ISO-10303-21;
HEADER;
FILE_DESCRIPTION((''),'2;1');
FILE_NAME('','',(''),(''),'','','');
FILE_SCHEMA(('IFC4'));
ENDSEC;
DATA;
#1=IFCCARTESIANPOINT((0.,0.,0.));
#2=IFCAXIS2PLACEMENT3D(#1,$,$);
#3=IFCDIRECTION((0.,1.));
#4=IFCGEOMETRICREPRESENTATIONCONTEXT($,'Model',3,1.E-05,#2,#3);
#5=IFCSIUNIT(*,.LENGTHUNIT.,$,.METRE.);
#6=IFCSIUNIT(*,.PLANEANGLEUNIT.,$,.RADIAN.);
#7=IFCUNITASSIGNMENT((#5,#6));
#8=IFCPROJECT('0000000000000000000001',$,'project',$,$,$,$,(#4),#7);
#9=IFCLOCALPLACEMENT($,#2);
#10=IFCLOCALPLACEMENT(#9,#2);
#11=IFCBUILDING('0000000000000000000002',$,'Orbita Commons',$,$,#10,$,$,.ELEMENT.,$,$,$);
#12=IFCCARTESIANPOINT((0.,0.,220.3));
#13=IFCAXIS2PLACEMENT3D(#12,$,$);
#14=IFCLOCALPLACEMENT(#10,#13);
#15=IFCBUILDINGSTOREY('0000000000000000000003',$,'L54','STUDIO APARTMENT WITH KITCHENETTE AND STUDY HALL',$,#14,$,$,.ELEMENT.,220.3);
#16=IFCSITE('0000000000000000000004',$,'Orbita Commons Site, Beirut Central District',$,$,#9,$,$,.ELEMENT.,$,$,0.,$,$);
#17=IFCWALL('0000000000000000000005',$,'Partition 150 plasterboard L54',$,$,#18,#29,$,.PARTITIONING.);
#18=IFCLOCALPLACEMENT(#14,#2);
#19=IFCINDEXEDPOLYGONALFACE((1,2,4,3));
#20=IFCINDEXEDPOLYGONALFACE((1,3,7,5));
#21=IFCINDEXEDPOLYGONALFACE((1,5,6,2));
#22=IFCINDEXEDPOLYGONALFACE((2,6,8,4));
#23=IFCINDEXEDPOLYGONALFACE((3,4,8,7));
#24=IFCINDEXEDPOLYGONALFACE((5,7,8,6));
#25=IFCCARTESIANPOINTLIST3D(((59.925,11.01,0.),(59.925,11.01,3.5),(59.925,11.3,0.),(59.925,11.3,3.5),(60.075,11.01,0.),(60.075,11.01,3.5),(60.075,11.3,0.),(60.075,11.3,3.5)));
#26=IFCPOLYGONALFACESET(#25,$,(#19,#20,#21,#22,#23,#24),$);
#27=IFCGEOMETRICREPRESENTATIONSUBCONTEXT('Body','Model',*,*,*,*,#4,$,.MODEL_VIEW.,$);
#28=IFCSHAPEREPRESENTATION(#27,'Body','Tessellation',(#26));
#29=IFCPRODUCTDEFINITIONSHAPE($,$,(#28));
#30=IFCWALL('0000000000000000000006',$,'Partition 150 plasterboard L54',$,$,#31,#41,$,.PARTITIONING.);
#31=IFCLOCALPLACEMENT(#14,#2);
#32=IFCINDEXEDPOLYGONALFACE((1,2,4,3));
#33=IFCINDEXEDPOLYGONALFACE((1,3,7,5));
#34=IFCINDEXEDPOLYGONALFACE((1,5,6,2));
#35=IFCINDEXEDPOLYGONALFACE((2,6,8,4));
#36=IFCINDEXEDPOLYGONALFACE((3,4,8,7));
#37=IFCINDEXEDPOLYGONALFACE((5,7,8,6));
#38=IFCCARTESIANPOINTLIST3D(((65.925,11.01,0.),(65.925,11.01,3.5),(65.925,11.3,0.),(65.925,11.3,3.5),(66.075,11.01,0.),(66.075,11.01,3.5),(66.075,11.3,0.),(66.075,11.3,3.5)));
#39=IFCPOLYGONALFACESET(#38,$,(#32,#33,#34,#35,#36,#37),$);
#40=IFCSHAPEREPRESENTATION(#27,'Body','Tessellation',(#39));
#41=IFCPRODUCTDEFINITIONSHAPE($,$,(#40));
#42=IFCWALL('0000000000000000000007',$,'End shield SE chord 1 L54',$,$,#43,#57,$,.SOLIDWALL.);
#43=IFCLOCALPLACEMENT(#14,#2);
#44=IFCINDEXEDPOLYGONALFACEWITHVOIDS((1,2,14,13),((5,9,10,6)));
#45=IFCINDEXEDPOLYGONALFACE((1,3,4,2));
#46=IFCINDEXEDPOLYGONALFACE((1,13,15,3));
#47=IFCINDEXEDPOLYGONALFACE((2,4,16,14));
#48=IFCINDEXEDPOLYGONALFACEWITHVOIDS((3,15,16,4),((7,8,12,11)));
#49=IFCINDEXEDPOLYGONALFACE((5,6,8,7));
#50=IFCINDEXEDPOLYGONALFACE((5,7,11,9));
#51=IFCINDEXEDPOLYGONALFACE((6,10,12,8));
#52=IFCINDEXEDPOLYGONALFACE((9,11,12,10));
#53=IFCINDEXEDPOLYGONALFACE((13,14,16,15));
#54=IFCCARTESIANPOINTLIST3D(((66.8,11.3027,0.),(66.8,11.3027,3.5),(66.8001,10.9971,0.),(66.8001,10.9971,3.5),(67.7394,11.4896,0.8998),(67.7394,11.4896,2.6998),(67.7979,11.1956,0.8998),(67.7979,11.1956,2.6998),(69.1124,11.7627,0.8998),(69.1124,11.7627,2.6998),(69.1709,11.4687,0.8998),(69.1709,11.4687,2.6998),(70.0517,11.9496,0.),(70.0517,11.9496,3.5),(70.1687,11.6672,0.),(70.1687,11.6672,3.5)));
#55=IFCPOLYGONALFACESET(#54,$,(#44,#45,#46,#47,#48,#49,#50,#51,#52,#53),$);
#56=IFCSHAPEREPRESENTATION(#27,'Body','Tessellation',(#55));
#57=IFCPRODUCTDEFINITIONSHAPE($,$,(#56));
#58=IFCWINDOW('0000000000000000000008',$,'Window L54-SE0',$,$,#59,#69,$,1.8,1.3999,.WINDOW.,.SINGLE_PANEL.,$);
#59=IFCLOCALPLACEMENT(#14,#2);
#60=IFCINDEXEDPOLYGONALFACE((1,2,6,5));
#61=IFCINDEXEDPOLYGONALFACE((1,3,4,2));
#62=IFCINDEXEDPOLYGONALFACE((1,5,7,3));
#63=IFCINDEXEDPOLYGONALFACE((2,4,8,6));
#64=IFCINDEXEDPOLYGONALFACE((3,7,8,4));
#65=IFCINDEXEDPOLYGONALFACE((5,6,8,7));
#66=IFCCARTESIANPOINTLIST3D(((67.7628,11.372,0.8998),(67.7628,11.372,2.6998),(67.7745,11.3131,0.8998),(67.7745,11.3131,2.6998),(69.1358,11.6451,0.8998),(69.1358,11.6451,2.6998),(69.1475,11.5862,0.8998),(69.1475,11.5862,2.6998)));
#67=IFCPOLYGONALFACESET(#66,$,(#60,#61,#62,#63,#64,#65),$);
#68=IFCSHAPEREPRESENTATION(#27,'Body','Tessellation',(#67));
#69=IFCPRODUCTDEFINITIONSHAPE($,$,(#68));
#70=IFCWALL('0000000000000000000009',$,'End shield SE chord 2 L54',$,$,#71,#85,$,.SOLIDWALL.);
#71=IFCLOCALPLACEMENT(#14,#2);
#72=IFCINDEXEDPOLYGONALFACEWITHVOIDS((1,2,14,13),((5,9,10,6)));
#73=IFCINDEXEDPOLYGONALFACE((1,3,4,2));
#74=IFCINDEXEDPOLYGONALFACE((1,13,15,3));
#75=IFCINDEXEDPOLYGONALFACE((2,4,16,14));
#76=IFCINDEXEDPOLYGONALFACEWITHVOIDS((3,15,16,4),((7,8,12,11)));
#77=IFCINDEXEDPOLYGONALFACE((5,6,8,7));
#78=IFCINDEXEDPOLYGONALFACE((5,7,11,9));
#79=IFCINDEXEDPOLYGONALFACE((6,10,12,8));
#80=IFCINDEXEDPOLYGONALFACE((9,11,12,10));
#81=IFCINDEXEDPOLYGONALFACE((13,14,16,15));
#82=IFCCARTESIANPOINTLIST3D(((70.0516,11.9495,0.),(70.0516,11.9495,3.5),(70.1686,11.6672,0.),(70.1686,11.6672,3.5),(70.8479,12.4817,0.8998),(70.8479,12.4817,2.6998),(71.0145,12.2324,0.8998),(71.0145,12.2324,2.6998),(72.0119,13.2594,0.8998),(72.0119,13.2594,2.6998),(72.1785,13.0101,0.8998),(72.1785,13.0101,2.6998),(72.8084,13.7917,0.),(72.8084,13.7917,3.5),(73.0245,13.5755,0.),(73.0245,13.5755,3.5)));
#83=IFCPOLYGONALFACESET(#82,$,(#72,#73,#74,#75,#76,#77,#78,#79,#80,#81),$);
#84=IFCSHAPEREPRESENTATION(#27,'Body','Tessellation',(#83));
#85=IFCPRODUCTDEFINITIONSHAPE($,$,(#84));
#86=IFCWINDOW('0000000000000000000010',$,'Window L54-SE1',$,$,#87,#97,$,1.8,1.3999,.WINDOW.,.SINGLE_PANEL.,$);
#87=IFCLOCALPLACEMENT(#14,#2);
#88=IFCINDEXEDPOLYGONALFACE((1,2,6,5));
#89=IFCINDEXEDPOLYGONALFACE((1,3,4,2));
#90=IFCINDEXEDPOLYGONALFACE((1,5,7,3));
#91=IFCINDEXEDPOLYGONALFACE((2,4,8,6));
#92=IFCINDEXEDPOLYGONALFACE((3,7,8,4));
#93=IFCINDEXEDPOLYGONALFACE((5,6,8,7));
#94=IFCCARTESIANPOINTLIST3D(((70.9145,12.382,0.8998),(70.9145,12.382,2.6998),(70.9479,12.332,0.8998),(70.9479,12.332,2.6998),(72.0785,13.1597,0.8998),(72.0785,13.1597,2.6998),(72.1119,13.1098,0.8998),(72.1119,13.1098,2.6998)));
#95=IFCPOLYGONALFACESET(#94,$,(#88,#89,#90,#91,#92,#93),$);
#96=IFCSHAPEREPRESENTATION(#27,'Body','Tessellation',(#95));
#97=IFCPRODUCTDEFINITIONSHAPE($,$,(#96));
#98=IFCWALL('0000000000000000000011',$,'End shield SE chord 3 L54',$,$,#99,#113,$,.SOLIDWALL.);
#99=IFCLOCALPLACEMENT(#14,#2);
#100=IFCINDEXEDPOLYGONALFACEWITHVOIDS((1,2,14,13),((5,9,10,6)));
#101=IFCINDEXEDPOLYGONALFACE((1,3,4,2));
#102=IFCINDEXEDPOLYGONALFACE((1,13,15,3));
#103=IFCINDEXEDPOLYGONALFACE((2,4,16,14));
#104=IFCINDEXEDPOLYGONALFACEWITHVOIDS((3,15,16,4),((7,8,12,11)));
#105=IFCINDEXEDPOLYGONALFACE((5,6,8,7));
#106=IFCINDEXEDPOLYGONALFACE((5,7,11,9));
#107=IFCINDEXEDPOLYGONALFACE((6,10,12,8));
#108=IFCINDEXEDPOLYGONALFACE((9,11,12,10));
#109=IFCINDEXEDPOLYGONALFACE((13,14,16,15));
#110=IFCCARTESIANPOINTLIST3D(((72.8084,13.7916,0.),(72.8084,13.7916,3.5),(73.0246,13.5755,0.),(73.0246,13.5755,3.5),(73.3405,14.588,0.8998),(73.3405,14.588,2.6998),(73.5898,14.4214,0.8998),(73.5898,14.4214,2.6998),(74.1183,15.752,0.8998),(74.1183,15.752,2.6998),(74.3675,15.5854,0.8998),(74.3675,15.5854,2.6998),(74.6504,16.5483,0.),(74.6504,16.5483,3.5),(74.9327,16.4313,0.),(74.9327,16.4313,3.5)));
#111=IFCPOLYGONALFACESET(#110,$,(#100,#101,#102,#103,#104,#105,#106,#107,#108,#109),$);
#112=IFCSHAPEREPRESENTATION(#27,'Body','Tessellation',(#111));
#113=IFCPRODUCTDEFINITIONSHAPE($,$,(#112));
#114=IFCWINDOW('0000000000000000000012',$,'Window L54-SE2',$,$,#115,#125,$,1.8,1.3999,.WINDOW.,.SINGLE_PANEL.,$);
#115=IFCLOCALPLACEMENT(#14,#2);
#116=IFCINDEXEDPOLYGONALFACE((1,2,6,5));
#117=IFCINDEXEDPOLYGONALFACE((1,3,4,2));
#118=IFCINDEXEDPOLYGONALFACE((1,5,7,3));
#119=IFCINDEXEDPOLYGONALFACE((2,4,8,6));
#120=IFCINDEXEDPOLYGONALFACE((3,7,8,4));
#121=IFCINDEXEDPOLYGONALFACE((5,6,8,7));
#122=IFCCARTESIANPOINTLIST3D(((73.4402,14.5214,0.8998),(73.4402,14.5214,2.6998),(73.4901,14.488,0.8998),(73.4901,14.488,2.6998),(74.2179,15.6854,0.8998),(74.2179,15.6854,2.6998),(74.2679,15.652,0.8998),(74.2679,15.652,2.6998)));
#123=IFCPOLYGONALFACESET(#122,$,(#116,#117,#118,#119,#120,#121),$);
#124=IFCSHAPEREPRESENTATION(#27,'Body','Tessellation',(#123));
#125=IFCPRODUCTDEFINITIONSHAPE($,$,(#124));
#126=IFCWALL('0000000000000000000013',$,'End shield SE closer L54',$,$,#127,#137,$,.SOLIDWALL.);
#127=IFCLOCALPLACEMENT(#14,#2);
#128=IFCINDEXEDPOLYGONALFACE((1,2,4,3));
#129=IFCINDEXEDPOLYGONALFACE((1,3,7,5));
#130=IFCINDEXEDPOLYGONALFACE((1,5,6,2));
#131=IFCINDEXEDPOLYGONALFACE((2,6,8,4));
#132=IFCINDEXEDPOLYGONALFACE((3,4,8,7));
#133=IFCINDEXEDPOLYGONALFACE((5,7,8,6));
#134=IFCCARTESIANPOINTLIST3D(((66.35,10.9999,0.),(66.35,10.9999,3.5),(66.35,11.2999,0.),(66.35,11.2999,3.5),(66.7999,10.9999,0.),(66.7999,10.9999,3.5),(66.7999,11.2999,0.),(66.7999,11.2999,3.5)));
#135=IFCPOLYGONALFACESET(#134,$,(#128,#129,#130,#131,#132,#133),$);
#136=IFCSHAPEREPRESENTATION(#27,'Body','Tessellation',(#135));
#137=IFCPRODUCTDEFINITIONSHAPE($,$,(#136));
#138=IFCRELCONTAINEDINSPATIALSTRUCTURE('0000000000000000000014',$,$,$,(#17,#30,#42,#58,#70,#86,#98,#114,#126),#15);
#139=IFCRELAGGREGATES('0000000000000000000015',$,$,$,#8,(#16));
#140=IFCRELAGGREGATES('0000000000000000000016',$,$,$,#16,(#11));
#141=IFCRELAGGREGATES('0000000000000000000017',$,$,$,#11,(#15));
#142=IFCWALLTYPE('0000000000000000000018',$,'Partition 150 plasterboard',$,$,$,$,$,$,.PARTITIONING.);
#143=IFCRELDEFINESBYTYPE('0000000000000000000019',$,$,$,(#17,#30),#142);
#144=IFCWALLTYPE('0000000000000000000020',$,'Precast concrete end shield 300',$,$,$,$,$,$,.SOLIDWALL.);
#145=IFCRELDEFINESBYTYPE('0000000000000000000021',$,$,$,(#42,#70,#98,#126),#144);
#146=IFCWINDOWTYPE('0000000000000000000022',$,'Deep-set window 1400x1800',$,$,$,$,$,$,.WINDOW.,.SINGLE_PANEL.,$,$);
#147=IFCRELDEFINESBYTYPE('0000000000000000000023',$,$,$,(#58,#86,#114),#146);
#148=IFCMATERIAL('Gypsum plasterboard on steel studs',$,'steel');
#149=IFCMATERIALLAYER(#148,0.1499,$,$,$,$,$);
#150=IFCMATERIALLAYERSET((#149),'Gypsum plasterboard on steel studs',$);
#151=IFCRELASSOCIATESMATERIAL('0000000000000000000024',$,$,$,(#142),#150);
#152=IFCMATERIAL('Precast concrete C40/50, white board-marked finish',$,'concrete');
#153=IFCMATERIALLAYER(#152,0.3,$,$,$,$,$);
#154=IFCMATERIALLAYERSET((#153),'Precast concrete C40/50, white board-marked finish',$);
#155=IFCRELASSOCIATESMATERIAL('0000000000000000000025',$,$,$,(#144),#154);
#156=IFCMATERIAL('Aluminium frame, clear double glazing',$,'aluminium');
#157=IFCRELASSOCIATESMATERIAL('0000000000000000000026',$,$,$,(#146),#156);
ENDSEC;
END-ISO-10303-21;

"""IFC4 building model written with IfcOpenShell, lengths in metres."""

from ifc_helpers import new_model, si_unit, direction, frame, frame_2d, origin, place, context, subcontext, project, spatial, polyline, rectangle, outline, extrude, material, layer, layer_set, type_object, element, fill, save


model = new_model("IFC4")

# Units and contexts
model_context = context("Model", 3, precision=1e-05, world=origin(), true_north=direction((0.0, 1.0)))
body_context = subcontext(model_context, "Body", "Model", "MODEL_VIEW")
ifc_project = project(units=[si_unit("LENGTHUNIT", "METRE"), si_unit("PLANEANGLEUNIT", "RADIAN")], contexts=[model_context])

# Site, building, storey
site_placement = place(None, origin())
site = spatial("IfcSite", under=ifc_project, at=site_placement, Name="Orbita Commons Site, Beirut Central District", CompositionType="ELEMENT", RefElevation=0.0)
building_placement = place(site_placement, origin())
building = spatial("IfcBuilding", under=site, at=building_placement, Name="Orbita Commons", CompositionType="ELEMENT")
storey_placement = place(building_placement, frame((0.0, 0.0, 220.3)))
storey = spatial("IfcBuildingStorey", under=building, at=storey_placement, Name="L54", Description="STUDIO APARTMENT WITH KITCHENETTE AND STUDY HALL", CompositionType="ELEMENT", Elevation=220.3)

# Walls
ifc_material_1 = material(Name="Gypsum plasterboard on steel studs", Category="steel")
ifc_layer_1 = layer(ifc_material_1, 0.1499)
ifc_layer_set_1 = layer_set([ifc_layer_1], Name="Gypsum plasterboard on steel studs")
wall_type_1 = type_object("IfcWallType", Name="Partition 150 plasterboard", PredefinedType="PARTITIONING", material=ifc_layer_set_1)
for number, where, z_axis, x_axis, name in (
    (1, (60.0, 11.3, 0.0), (0.0, 0.0, 1.0), (0.0, -1.0, 0.0), "Partition 150 plasterboard L54"),
    (2, (66.0, 11.3, 0.0), (0.0, 0.0, 1.0), (0.0, -1.0, 0.0), "Partition 150 plasterboard L54"),
):
    element("IfcWall", number, at=place(storey_placement, frame(where, z_axis=z_axis, x_axis=x_axis)), inside=storey, type_object=wall_type_1, Name=name, PredefinedType="PARTITIONING", context=body_context, shape_type="SweptSolid", body=[
        extrude(rectangle(XDim=0.29, YDim=0.1499, at=frame_2d((0.145, 0.0))), origin(), (0.0, 0.0, 1.0), 3.5),
    ])

# Walls, openings, windows
ifc_material_2 = material(Name="Precast concrete C40/50, white board-marked finish", Category="concrete")
ifc_layer_2 = layer(ifc_material_2, 0.3)
ifc_layer_set_2 = layer_set([ifc_layer_2], Name="Precast concrete C40/50, white board-marked finish")
wall_type_2 = type_object("IfcWallType", Name="Precast concrete end shield 300", PredefinedType="SOLIDWALL", material=ifc_layer_set_2)
wall_1_placement = place(storey_placement, frame((66.8, 11.1499, 0.0), z_axis=(0.0, 0.0, 1.0), x_axis=(0.980783, 0.1951, 0.0)))
wall_1 = element("IfcWall", 3, at=wall_1_placement, inside=storey, type_object=wall_type_2, Name="End shield SE chord 1 L54", PredefinedType="SOLIDWALL", context=body_context, shape_type="SweptSolid", body=[
    extrude(outline(polyline([(-0.0298, -0.1499), (3.4048, -0.1499), (3.3452, 0.1499), (0.0298, 0.1499), (-0.0298, -0.1499)])), origin(), (0.0, 0.0, 1.0), 3.5),
])
opening_1_placement = place(wall_1_placement, frame((0.9875, 0.0, 0.8999)))
opening_1 = element("IfcOpeningElement", 4, at=opening_1_placement, cuts=wall_1, PredefinedType="OPENING", context=body_context, shape_type="SweptSolid", body=[
    extrude(rectangle(XDim=1.3999, YDim=1.8, at=frame_2d((0.7, 0.8999))), frame((0.0, 0.1599, 0.0), z_axis=(0.0, -1.0, 0.0), x_axis=(1.0, 0.0, 0.0)), (0.0, 0.0, 1.0), 0.3201),
])
ifc_material_3 = material(Name="Aluminium frame, clear double glazing", Category="aluminium")
window_type = type_object("IfcWindowType", Name="Deep-set window 1400x1800", PartitioningType="SINGLE_PANEL", PredefinedType="WINDOW", material=ifc_material_3)
window_1_placement = place(opening_1_placement, origin())
window_1 = element("IfcWindow", 5, at=window_1_placement, inside=storey, type_object=window_type, Name="Window L54-SE0", OverallHeight=1.8, OverallWidth=1.3999, PartitioningType="SINGLE_PANEL", PredefinedType="WINDOW", context=body_context, shape_type="SweptSolid", body=[
    extrude(rectangle(XDim=1.3999, YDim=1.8, at=frame_2d((0.7, 0.8999))), frame((0.0, 0.03, 0.0), z_axis=(0.0, -1.0, 0.0), x_axis=(1.0, 0.0, 0.0)), (0.0, 0.0, 1.0), 0.0601),
])
fill(opening_1, window_1)
wall_2_placement = place(storey_placement, frame((70.1101, 11.8083, 0.0), z_axis=(0.0, 0.0, 1.0), x_axis=(0.83146, 0.555585, 0.0)))
wall_2 = element("IfcWall", 6, at=wall_2_placement, inside=storey, type_object=wall_type_2, Name="End shield SE chord 2 L54", PredefinedType="SOLIDWALL", context=body_context, shape_type="SweptSolid", body=[
    extrude(outline(polyline([(-0.0298, -0.1499), (3.405, -0.1499), (3.3455, 0.1499), (0.0298, 0.1499), (-0.0298, -0.1499)])), origin(), (0.0, 0.0, 1.0), 3.5),
])
opening_2_placement = place(wall_2_placement, frame((0.9875, 0.0, 0.8999)))
opening_2 = element("IfcOpeningElement", 7, at=opening_2_placement, cuts=wall_2, PredefinedType="OPENING", context=body_context, shape_type="SweptSolid", body=[
    extrude(rectangle(XDim=1.3999, YDim=1.8, at=frame_2d((0.7, 0.8999))), frame((0.0, 0.1599, 0.0), z_axis=(0.0, -1.0, 0.0), x_axis=(1.0, 0.0, 0.0)), (0.0, 0.0, 1.0), 0.3201),
])
window_2_placement = place(opening_2_placement, origin())
window_2 = element("IfcWindow", 8, at=window_2_placement, inside=storey, type_object=window_type, Name="Window L54-SE1", OverallHeight=1.8, OverallWidth=1.3999, PartitioningType="SINGLE_PANEL", PredefinedType="WINDOW", context=body_context, shape_type="SweptSolid", body=[
    extrude(rectangle(XDim=1.3999, YDim=1.8, at=frame_2d((0.7, 0.8999))), frame((0.0, 0.03, 0.0), z_axis=(0.0, -1.0, 0.0), x_axis=(1.0, 0.0, 0.0)), (0.0, 0.0, 1.0), 0.0601),
])
fill(opening_2, window_2)
wall_3_placement = place(storey_placement, frame((72.9165, 13.6836, 0.0), z_axis=(0.0, 0.0, 1.0), x_axis=(0.555568, 0.831471, 0.0)))
wall_3 = element("IfcWall", 9, at=wall_3_placement, inside=storey, type_object=wall_type_2, Name="End shield SE chord 3 L54", PredefinedType="SOLIDWALL", context=body_context, shape_type="SweptSolid", body=[
    extrude(outline(polyline([(-0.0298, -0.1499), (3.4048, -0.1499), (3.3452, 0.1499), (0.0298, 0.1499), (-0.0298, -0.1499)])), origin(), (0.0, 0.0, 1.0), 3.5),
])
opening_3_placement = place(wall_3_placement, frame((0.9875, 0.0, 0.8999)))
opening_3 = element("IfcOpeningElement", 10, at=opening_3_placement, cuts=wall_3, PredefinedType="OPENING", context=body_context, shape_type="SweptSolid", body=[
    extrude(rectangle(XDim=1.3999, YDim=1.8, at=frame_2d((0.7, 0.8999))), frame((0.0, 0.1599, 0.0), z_axis=(0.0, -1.0, 0.0), x_axis=(1.0, 0.0, 0.0)), (0.0, 0.0, 1.0), 0.3201),
])
window_3_placement = place(opening_3_placement, origin())
window_3 = element("IfcWindow", 11, at=window_3_placement, inside=storey, type_object=window_type, Name="Window L54-SE2", OverallHeight=1.8, OverallWidth=1.3999, PartitioningType="SINGLE_PANEL", PredefinedType="WINDOW", context=body_context, shape_type="SweptSolid", body=[
    extrude(rectangle(XDim=1.3999, YDim=1.8, at=frame_2d((0.7, 0.8999))), frame((0.0, 0.03, 0.0), z_axis=(0.0, -1.0, 0.0), x_axis=(1.0, 0.0, 0.0)), (0.0, 0.0, 1.0), 0.0601),
])
fill(opening_3, window_3)

# Wall
wall_4_placement = place(storey_placement, frame((66.8, 11.1499, 0.0), z_axis=(0.0, 0.0, 1.0), x_axis=(-1.0, 0.0, 0.0)))
element("IfcWall", 12, at=wall_4_placement, inside=storey, type_object=wall_type_2, Name="End shield SE closer L54", PredefinedType="SOLIDWALL", context=body_context, shape_type="SweptSolid", body=[
    extrude(rectangle(XDim=0.45, YDim=0.3, at=frame_2d((0.2251, 0.0))), origin(), (0.0, 0.0, 1.0), 3.5),
])

save(model, "model.ifc")
